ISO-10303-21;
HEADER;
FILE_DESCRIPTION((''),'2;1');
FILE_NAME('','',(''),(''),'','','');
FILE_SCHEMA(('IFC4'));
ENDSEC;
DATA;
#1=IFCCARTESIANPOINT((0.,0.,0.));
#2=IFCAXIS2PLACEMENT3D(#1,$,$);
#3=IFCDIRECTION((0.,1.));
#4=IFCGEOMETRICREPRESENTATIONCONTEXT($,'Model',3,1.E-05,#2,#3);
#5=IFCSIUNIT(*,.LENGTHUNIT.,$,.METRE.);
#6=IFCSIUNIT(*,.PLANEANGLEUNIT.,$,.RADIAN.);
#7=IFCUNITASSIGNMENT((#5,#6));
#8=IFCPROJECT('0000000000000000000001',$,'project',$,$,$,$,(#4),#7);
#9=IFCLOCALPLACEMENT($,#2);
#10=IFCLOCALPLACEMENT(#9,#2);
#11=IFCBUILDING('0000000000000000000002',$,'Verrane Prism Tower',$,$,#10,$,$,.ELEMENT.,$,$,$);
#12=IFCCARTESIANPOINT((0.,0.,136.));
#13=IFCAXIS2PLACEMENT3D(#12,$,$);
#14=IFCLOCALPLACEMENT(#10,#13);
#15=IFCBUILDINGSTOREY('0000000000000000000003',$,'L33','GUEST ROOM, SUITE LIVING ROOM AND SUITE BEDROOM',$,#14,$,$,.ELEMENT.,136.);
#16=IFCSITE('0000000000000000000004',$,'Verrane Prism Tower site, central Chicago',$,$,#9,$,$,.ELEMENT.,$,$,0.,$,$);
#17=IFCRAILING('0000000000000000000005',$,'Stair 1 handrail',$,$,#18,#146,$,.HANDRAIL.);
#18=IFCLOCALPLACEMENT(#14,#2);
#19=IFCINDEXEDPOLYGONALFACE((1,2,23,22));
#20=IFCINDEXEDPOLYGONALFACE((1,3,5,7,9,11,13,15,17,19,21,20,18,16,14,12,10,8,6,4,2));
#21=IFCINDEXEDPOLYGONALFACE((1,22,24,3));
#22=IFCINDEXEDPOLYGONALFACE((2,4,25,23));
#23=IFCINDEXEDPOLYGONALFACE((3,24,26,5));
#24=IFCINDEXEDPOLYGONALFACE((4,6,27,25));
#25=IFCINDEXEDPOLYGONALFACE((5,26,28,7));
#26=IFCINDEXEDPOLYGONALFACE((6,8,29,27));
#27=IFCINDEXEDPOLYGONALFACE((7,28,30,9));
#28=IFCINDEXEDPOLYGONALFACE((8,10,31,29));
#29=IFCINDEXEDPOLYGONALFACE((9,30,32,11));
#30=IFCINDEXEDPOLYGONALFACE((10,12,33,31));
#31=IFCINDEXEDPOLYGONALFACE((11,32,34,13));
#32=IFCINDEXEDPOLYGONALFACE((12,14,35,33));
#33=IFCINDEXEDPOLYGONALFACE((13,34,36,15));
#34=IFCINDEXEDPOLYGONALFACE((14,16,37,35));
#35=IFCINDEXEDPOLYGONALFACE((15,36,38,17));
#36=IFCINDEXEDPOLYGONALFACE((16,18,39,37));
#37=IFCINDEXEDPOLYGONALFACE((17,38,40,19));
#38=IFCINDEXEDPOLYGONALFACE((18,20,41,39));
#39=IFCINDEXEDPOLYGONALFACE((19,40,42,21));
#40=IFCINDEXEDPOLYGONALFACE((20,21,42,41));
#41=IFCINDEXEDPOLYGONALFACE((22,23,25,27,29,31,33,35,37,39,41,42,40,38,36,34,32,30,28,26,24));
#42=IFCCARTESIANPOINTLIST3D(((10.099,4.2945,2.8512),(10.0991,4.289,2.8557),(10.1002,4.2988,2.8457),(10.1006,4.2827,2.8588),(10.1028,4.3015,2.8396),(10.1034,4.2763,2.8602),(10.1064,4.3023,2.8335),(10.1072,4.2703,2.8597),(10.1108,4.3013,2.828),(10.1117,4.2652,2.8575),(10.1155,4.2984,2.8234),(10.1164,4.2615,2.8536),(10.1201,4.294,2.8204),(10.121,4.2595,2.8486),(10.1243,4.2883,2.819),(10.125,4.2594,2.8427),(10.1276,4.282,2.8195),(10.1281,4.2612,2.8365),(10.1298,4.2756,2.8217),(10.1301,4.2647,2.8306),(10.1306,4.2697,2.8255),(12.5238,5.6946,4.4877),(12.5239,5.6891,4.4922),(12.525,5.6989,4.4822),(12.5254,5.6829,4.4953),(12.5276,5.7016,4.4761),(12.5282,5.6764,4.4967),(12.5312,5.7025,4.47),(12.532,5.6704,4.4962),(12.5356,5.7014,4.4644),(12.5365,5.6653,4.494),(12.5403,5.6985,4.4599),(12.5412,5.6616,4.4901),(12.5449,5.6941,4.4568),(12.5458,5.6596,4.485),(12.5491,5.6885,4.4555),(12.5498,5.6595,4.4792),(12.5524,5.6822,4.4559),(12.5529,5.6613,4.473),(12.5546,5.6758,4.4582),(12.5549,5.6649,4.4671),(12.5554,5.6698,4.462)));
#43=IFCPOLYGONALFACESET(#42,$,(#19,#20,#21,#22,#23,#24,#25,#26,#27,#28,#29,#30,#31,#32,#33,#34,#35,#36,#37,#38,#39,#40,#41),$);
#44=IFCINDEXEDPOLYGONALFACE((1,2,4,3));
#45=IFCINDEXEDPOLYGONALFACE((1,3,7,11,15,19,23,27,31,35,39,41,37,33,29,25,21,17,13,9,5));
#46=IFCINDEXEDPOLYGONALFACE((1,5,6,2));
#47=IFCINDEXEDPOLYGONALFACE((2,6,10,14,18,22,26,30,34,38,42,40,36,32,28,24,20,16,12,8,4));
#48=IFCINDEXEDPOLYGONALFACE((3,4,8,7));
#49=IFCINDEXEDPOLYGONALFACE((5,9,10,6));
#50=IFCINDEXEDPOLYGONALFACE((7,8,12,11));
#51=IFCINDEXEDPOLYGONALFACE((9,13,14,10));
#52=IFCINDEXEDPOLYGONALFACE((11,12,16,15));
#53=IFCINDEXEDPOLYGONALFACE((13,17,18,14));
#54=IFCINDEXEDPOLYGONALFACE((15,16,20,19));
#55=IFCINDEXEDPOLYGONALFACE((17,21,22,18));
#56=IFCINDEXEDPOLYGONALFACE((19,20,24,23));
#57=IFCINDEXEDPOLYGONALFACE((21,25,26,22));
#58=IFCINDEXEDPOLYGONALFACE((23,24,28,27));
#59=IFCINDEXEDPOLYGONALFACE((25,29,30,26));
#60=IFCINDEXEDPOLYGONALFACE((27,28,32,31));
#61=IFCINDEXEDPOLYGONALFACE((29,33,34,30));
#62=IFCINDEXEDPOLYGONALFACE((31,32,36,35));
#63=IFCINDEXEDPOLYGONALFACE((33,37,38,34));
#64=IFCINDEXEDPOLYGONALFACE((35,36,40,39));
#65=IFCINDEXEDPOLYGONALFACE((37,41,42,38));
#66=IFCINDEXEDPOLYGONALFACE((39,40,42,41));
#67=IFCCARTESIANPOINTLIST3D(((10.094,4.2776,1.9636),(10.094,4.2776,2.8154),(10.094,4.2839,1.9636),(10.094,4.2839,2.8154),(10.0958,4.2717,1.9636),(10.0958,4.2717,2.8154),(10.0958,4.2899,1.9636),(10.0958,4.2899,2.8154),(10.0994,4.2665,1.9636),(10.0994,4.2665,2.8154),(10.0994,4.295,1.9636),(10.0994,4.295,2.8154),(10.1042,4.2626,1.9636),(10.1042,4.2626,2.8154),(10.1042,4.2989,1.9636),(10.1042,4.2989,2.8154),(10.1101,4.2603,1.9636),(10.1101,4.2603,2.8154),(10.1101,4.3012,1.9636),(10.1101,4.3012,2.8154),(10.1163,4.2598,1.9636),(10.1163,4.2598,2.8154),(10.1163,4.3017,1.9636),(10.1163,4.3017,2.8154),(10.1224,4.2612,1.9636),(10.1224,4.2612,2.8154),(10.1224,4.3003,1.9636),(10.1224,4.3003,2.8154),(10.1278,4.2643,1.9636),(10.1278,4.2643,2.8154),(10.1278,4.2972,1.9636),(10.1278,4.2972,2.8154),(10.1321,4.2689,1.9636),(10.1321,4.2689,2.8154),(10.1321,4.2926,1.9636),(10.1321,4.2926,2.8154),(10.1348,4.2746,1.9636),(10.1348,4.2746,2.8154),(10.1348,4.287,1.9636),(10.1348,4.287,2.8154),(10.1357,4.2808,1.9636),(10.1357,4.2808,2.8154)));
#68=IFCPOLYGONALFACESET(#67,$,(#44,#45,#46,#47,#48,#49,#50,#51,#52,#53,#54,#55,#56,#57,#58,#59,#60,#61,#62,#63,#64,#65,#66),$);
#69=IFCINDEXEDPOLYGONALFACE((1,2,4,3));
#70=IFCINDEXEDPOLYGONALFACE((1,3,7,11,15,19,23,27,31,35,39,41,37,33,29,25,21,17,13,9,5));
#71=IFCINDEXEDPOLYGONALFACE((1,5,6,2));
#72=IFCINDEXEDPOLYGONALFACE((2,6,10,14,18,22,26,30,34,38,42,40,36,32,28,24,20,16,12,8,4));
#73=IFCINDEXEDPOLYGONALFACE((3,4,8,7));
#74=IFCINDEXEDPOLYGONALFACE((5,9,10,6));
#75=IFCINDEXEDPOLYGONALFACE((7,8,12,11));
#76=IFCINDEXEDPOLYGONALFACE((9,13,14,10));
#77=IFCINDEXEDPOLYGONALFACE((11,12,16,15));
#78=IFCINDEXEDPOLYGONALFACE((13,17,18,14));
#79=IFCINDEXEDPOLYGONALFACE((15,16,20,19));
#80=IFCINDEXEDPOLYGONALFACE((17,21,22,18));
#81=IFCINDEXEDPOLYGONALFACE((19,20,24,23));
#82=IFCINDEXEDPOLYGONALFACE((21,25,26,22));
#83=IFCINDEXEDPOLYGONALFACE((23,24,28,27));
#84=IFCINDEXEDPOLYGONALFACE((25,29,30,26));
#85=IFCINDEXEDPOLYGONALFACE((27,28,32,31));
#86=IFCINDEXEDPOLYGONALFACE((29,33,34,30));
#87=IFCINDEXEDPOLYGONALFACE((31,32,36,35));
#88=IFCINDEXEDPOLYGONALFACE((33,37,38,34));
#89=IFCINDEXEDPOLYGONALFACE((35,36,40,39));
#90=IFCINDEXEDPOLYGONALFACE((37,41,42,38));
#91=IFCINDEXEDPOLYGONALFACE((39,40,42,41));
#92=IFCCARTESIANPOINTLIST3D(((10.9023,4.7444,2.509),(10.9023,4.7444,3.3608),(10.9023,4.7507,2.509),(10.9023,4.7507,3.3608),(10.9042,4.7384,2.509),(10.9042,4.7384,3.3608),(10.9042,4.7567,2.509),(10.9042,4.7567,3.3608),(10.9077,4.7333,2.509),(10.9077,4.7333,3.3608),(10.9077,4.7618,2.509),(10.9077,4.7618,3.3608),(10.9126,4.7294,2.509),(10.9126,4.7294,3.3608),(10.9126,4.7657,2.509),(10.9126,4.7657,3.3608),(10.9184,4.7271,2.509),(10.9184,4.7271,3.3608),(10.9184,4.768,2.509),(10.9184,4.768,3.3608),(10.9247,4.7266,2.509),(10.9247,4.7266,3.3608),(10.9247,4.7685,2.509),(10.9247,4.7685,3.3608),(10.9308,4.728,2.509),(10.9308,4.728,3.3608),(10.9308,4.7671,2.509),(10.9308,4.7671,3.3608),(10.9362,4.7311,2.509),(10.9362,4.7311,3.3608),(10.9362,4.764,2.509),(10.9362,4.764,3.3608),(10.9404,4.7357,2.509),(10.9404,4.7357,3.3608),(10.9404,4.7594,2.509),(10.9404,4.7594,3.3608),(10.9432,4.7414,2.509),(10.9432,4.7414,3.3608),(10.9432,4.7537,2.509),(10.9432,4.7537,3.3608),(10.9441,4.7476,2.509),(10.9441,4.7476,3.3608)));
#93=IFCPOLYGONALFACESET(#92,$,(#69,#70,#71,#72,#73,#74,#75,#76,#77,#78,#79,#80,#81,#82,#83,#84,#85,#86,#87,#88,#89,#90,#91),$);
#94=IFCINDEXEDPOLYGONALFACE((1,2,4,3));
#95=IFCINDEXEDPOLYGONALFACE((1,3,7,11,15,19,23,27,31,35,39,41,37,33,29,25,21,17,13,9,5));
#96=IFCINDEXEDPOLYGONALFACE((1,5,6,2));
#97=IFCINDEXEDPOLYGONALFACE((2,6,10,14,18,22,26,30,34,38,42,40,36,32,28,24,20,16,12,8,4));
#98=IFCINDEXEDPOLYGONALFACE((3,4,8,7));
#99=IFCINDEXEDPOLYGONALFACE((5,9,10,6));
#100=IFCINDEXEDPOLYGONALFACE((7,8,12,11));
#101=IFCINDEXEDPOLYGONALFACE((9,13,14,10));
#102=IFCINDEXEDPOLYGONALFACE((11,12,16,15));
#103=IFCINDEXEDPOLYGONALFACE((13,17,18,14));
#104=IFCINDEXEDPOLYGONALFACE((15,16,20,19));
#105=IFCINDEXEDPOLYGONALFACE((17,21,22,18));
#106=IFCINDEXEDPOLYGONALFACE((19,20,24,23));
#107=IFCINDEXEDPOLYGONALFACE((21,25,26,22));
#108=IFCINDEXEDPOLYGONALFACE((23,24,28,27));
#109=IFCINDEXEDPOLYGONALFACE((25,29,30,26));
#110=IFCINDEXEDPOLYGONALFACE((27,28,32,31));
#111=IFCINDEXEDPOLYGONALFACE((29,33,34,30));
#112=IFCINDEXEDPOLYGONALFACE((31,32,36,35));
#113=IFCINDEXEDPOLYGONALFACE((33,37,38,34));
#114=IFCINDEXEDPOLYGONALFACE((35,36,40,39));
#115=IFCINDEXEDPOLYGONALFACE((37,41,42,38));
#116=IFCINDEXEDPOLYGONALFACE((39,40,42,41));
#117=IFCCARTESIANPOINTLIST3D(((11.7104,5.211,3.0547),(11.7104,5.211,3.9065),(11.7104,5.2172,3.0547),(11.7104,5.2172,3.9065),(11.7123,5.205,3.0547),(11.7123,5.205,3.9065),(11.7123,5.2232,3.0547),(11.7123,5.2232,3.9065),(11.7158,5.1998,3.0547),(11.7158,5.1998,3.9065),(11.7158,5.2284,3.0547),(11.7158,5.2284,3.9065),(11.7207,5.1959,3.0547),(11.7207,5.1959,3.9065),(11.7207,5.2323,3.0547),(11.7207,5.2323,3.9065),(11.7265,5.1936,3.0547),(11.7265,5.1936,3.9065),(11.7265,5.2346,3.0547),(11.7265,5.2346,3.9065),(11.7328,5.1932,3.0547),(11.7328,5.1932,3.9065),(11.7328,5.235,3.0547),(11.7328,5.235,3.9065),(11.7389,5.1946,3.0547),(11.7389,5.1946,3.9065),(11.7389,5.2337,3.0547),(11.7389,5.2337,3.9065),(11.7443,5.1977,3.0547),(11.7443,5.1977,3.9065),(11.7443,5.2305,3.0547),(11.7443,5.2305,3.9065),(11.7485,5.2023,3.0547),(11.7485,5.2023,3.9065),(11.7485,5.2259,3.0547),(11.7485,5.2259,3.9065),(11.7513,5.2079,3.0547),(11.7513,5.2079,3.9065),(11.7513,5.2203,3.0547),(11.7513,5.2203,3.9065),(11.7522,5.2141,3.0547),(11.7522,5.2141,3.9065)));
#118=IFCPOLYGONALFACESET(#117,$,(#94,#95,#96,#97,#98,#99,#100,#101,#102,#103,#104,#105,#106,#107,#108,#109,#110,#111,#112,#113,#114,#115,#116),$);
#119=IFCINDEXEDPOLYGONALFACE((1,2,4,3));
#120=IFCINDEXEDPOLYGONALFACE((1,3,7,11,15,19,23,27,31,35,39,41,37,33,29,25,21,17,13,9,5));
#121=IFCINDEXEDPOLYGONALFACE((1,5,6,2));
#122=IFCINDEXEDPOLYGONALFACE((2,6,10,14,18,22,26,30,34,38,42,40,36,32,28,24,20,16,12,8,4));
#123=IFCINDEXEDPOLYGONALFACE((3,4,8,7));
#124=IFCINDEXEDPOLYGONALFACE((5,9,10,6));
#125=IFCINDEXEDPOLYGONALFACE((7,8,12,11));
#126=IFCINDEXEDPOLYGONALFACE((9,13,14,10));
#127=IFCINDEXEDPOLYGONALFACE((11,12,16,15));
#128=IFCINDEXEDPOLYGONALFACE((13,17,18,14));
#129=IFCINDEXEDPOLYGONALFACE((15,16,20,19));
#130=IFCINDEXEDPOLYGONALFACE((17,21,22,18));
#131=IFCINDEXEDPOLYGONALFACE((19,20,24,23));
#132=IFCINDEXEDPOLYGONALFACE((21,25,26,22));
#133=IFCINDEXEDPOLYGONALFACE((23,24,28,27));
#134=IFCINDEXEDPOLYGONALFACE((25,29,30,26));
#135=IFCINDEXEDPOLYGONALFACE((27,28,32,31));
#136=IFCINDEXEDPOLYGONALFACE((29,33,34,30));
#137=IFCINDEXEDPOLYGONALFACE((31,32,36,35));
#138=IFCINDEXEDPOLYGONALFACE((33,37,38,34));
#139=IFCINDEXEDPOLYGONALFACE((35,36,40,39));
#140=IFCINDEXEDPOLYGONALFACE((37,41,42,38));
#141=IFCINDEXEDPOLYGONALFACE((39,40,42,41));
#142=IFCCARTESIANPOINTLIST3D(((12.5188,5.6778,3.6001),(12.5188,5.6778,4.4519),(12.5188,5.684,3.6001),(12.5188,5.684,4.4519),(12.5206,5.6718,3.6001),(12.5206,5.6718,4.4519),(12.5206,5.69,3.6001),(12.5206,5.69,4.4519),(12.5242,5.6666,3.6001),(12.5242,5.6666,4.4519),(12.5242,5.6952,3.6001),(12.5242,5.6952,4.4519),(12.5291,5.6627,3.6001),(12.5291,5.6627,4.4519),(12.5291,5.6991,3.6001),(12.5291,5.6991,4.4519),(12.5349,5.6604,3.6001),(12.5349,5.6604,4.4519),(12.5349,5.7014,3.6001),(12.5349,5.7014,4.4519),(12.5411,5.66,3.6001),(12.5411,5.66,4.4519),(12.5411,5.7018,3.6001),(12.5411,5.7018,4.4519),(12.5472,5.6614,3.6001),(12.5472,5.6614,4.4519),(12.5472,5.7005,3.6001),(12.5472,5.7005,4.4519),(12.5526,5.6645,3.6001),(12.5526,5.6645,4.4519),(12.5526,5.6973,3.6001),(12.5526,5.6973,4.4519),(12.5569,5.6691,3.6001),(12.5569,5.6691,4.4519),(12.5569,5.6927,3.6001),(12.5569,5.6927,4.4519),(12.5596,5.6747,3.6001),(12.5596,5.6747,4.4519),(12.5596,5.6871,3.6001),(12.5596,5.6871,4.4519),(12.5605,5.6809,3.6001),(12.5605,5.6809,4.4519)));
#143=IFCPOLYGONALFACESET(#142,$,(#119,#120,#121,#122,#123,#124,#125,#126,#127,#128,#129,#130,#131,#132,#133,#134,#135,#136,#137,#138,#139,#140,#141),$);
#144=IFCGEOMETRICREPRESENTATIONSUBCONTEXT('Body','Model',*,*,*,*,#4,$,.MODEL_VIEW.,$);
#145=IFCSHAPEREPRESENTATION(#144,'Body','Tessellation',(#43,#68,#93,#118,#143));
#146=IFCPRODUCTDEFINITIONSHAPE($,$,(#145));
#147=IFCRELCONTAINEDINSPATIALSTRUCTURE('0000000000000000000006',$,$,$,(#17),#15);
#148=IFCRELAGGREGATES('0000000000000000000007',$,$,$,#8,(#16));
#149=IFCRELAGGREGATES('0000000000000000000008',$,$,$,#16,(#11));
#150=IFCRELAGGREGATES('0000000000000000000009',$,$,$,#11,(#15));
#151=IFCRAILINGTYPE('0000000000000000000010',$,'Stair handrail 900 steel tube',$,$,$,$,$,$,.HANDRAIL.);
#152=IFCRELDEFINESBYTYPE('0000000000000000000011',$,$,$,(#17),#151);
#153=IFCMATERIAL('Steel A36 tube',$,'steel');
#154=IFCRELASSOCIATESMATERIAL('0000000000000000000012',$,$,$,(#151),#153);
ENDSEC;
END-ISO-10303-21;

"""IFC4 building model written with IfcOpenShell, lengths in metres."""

from ifc_helpers import new_model, si_unit, direction, frame, origin, origin_2d, place, context, subcontext, project, spatial, circle, extrude, material, type_object, element, save


model = new_model("IFC4")

# Units and contexts
model_context = context("Model", 3, precision=1e-05, world=origin(), true_north=direction((0.0, 1.0)))
body_context = subcontext(model_context, "Body", "Model", "MODEL_VIEW")
ifc_project = project(units=[si_unit("LENGTHUNIT", "METRE"), si_unit("PLANEANGLEUNIT", "RADIAN")], contexts=[model_context])

# Site, building, storey
site_placement = place(None, origin())
site = spatial("IfcSite", under=ifc_project, at=site_placement, Name="Verrane Prism Tower site, central Chicago", CompositionType="ELEMENT", RefElevation=0.0)
building_placement = place(site_placement, origin())
building = spatial("IfcBuilding", under=site, at=building_placement, Name="Verrane Prism Tower", CompositionType="ELEMENT")
storey_placement = place(building_placement, frame((0.0, 0.0, 136.0)))
storey = spatial("IfcBuildingStorey", under=building, at=storey_placement, Name="L33", Description="GUEST ROOM, SUITE LIVING ROOM AND SUITE BEDROOM", CompositionType="ELEMENT", Elevation=136.0)

# Railing
ifc_material_1 = material(Name="Steel A36 tube", Category="steel")
railing_type_1 = type_object("IfcRailingType", Name="Stair handrail 900 steel tube", PredefinedType="HANDRAIL", material=ifc_material_1)
railing_1_placement = place(storey_placement, frame((10.1147, 4.2808, 1.9636)))
element("IfcRailing", 1, at=railing_1_placement, inside=storey, type_object=railing_type_1, Name="Stair 1 handrail", PredefinedType="HANDRAIL", context=body_context, shape_type="SweptSolid", body=[
    extrude(circle(Radius=0.0239, at=origin_2d()), frame((0.0, 0.0, 0.876), z_axis=(0.747666, 0.431722, 0.504591), x_axis=(-0.50005, 0.865997, 0.0)), (0.0, 0.0, 1.0), 3.2432),
    extrude(circle(Radius=0.021, at=origin_2d()), origin(), (0.0, 0.0, 1.0), 0.8518),
    extrude(circle(Radius=0.021, at=origin_2d()), frame((0.8083, 0.4668, 0.5454)), (0.0, 0.0, 1.0), 0.8518),
    extrude(circle(Radius=0.021, at=origin_2d()), frame((1.6165, 0.9333, 1.0911)), (0.0, 0.0, 1.0), 0.8518),
    extrude(circle(Radius=0.021, at=origin_2d()), frame((2.4248, 1.4001, 1.6365)), (0.0, 0.0, 1.0), 0.8518),
])

save(model, "model.ifc")
